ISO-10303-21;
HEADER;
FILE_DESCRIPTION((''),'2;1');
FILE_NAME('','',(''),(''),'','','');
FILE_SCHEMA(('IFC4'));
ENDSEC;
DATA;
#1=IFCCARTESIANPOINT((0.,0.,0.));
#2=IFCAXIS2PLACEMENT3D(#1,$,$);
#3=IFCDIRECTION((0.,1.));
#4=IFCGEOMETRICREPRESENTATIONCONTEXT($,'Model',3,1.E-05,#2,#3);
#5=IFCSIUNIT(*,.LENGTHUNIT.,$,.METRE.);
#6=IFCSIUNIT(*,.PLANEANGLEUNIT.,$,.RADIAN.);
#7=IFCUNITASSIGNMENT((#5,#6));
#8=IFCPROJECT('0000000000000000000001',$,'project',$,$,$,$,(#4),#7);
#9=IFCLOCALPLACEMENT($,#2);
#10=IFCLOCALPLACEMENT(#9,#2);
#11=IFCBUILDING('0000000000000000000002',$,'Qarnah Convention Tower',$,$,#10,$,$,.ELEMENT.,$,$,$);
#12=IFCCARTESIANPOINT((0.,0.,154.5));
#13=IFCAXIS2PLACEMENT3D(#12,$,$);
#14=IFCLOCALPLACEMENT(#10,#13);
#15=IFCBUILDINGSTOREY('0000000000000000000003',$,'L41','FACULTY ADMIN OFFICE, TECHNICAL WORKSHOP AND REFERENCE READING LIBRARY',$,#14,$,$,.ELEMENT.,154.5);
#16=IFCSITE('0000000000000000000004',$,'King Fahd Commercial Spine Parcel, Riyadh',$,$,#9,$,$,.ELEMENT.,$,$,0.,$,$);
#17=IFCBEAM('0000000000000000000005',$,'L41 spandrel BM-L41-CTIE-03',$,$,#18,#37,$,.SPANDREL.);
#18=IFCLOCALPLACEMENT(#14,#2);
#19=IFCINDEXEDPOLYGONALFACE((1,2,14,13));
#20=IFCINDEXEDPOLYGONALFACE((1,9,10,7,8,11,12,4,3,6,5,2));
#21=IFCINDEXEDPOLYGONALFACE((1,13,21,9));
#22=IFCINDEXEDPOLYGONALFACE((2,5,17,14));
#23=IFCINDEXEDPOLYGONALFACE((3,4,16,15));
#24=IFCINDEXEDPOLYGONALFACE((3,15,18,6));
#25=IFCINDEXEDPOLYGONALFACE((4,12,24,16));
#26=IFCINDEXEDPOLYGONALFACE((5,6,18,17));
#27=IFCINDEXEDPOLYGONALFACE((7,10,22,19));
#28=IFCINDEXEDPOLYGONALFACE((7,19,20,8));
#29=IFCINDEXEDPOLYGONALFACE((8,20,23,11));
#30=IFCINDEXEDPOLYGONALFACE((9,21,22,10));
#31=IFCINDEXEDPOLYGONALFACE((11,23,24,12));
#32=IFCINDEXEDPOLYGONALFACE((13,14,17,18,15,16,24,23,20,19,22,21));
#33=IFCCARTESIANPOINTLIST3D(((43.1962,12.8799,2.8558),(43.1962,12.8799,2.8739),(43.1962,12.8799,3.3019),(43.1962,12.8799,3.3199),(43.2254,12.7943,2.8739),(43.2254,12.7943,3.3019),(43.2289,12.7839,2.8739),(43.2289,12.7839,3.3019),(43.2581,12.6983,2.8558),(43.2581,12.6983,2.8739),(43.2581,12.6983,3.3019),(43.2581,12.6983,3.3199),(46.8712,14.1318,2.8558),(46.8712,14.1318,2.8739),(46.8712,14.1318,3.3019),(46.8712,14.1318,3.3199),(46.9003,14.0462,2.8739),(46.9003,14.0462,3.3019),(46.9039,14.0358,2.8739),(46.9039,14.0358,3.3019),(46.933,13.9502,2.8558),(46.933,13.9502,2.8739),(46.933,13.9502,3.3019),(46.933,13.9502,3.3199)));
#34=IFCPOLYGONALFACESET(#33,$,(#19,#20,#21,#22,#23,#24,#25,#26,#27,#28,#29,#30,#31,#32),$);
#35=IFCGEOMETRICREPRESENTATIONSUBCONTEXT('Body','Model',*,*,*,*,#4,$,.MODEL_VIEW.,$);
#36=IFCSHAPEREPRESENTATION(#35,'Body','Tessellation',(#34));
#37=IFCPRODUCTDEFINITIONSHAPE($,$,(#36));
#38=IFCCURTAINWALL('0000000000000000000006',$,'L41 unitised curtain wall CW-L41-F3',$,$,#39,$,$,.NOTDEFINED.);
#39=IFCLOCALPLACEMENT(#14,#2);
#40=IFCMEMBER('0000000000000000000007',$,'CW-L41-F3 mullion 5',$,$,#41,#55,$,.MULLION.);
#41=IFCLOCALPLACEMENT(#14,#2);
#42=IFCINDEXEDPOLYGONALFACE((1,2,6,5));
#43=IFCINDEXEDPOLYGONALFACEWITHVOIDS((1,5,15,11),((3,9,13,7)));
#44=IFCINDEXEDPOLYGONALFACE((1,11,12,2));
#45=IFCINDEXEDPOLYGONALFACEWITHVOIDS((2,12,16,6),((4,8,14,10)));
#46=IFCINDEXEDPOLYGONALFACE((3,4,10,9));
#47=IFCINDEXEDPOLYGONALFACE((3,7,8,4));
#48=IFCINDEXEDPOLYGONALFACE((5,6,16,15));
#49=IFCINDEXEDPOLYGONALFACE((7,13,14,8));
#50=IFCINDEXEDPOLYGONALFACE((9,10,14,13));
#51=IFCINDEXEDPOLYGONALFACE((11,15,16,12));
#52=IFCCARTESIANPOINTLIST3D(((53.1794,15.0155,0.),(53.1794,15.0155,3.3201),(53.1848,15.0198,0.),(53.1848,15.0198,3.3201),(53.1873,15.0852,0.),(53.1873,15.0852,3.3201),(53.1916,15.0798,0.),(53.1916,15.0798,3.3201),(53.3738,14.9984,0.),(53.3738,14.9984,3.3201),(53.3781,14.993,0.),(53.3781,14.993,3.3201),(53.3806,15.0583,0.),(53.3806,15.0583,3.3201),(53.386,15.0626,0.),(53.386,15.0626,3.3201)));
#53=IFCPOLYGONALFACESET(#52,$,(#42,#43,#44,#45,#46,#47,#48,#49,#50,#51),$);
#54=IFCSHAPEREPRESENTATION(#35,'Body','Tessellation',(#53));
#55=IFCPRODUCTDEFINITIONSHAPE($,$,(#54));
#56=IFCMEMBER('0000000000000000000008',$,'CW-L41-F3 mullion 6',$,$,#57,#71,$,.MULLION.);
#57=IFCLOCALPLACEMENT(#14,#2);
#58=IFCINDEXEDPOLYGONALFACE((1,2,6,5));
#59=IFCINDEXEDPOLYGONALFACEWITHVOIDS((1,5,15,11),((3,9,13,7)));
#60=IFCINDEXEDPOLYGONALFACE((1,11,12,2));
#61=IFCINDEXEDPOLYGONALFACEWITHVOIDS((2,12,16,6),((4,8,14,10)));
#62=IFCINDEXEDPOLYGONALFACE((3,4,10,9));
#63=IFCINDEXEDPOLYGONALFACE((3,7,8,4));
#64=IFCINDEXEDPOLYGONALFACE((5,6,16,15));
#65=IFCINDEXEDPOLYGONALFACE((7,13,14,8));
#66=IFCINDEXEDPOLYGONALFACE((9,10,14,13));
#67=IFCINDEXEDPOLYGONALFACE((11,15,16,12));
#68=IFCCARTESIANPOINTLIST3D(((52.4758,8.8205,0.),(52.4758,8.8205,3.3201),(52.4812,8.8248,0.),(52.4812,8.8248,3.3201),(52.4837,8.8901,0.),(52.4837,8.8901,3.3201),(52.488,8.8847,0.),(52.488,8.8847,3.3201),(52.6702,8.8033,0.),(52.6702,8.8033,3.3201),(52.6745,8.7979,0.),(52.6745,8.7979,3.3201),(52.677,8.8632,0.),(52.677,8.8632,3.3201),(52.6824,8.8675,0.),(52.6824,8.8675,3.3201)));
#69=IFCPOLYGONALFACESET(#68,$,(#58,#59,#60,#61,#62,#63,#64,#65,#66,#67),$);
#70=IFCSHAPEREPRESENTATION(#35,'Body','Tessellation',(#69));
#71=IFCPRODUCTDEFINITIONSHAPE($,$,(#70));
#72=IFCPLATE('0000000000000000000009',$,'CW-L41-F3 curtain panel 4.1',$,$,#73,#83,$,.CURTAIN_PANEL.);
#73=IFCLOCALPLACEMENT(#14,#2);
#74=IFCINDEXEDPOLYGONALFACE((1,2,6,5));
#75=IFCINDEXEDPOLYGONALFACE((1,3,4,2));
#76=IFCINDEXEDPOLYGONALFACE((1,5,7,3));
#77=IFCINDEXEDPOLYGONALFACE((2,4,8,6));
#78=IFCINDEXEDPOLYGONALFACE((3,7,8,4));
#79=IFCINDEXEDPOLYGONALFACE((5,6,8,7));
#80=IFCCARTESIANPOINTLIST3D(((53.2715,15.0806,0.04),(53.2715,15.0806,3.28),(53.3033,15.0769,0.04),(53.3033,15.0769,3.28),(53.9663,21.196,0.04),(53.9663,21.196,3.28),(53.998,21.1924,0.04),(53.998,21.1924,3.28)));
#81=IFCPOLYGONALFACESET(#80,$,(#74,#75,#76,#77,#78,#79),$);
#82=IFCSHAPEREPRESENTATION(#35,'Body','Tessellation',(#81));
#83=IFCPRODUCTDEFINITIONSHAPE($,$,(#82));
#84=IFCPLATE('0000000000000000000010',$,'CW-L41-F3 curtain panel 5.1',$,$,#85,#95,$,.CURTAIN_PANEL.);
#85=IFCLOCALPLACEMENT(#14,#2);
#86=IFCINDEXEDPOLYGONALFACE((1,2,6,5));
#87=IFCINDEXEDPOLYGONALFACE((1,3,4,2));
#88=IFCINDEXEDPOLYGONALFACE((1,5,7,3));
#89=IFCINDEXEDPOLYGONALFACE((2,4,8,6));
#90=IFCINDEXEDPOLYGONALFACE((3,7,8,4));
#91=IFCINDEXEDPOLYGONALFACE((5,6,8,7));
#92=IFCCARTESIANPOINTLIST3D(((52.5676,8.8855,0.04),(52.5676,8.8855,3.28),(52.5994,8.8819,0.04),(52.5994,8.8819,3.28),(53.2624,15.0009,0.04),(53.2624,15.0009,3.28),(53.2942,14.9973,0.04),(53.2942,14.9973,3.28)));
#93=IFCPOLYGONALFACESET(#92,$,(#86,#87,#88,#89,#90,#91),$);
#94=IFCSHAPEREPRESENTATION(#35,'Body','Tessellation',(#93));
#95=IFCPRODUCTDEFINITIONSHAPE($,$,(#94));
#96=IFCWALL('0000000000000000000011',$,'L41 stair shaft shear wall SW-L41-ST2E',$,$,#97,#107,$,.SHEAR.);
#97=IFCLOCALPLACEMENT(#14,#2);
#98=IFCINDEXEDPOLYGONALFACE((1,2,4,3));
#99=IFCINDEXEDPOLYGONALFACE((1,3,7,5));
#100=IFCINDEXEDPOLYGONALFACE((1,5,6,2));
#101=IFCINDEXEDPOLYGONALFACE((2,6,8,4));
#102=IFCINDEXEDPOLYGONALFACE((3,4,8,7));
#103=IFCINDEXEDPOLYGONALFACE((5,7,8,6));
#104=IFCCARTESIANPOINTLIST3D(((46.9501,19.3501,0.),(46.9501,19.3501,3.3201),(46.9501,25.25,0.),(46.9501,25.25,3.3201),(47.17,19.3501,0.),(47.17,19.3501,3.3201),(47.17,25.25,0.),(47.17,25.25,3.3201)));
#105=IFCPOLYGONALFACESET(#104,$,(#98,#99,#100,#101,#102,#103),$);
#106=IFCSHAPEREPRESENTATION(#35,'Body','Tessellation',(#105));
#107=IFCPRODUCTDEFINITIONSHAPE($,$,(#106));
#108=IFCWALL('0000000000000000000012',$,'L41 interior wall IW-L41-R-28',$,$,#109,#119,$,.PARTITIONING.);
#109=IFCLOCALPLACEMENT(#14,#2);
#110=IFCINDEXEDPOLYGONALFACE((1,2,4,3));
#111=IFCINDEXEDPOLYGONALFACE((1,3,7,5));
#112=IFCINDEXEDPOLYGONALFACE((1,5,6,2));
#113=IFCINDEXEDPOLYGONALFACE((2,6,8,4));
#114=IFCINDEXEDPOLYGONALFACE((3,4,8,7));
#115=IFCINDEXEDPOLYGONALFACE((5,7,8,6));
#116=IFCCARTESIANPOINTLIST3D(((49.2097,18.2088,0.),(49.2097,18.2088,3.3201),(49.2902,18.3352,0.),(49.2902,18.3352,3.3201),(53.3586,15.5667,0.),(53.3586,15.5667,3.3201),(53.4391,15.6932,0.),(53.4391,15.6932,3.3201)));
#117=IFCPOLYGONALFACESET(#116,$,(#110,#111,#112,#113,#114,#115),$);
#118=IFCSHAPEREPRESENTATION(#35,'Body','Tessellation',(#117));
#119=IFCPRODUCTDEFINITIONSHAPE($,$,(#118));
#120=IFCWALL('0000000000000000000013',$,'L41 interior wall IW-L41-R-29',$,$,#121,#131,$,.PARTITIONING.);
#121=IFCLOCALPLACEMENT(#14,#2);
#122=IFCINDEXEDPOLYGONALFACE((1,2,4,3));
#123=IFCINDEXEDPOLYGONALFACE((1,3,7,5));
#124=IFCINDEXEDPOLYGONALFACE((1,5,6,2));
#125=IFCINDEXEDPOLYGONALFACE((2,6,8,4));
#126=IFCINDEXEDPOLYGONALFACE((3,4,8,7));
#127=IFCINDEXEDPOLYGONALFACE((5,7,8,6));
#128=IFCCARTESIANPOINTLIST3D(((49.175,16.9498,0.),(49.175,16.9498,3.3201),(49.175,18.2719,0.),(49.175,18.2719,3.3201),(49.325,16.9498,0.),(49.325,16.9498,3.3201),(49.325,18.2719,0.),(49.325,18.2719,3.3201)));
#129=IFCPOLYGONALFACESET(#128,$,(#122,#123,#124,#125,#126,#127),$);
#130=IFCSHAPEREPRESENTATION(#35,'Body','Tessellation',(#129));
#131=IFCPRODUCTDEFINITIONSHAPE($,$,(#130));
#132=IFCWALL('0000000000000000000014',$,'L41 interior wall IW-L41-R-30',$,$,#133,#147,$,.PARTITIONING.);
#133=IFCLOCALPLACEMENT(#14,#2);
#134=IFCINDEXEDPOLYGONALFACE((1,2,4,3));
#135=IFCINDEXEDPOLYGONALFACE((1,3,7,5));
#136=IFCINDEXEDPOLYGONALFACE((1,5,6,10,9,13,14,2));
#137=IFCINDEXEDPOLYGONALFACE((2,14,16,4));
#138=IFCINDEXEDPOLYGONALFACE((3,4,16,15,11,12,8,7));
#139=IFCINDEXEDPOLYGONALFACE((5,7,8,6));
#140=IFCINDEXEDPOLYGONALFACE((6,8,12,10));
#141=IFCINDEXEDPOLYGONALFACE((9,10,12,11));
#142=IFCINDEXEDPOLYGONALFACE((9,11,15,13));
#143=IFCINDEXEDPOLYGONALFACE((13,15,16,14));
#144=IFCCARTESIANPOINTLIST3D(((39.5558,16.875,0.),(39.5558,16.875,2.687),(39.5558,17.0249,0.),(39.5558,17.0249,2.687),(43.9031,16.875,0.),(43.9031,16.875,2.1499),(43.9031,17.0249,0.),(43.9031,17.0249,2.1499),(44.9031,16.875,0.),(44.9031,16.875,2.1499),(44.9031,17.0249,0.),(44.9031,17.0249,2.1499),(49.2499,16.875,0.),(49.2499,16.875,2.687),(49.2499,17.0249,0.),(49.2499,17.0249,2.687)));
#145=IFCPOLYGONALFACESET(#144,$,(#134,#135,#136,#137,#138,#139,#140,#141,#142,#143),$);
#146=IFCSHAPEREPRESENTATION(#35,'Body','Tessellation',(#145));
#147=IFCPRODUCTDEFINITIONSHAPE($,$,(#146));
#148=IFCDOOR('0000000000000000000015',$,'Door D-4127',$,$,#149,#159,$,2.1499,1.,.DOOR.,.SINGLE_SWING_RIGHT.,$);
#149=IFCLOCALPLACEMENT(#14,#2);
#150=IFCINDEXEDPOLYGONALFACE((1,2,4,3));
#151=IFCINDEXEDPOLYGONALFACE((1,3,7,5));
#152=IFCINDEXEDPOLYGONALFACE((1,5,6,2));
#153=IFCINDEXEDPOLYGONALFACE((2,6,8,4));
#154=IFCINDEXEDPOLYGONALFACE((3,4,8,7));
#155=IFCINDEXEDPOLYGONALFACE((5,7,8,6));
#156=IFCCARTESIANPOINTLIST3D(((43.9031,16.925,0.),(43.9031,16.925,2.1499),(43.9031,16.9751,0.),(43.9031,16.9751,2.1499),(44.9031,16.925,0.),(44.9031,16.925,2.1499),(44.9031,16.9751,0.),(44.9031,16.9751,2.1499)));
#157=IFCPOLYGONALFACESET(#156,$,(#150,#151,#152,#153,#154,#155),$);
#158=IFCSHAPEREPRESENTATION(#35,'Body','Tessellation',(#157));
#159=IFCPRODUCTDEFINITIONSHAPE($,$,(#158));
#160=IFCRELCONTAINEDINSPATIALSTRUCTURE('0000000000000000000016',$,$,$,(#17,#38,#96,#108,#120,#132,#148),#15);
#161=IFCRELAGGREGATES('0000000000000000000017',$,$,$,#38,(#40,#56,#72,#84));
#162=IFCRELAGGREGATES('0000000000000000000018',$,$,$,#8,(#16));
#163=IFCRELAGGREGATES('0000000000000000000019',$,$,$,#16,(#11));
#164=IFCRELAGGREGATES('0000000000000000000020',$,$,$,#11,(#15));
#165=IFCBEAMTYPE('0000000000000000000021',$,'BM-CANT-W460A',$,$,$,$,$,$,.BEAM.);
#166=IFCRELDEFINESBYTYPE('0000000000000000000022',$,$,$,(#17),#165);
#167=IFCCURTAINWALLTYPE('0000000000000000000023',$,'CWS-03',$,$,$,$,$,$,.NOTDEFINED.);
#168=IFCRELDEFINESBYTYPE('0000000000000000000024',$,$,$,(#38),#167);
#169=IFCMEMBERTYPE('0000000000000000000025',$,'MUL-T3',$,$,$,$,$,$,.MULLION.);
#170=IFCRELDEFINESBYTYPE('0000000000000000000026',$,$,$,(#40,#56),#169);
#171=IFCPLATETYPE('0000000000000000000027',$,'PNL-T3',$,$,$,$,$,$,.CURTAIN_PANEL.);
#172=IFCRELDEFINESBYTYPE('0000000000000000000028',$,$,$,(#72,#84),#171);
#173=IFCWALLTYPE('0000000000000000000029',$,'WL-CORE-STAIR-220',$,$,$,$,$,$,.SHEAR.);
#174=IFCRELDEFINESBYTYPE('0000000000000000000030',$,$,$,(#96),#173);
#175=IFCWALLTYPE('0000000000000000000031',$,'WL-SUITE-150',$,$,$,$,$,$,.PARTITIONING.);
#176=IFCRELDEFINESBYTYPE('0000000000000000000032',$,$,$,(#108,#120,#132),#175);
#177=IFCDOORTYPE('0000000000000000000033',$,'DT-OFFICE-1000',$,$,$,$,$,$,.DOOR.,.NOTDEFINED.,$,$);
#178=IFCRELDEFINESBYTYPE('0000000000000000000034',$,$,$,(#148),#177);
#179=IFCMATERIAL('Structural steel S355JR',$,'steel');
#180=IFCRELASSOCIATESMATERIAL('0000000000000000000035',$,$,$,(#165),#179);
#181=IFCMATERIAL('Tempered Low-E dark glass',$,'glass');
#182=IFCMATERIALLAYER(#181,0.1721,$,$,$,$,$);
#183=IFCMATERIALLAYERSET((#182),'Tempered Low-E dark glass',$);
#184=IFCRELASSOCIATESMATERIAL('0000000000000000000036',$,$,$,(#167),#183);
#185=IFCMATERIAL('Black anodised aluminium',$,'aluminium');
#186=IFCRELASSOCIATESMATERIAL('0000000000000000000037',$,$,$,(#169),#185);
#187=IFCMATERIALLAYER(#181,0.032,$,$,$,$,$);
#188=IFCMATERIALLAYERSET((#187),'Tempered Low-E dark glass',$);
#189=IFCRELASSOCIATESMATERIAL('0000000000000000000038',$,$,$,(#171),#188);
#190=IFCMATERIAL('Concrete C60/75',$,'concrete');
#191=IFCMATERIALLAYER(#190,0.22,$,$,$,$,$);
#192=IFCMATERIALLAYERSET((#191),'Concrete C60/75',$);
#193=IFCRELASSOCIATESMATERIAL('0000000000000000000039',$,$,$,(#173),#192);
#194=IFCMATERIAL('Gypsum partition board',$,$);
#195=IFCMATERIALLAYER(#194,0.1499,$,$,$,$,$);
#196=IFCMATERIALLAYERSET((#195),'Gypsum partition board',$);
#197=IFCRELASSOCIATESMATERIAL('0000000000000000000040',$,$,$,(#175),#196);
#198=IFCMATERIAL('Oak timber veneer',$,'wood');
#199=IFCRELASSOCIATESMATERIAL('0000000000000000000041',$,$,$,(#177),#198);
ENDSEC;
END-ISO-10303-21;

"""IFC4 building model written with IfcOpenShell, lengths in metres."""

from ifc_helpers import new_model, si_unit, direction, frame, frame_2d, origin, origin_2d, place, context, subcontext, project, spatial, rectangle, hollow_rectangle, i_section, extrude, material, layer, layer_set, material_profile, profile_set, type_object, element, fill, aggregate, save


model = new_model("IFC4")

# Units and contexts
model_context = context("Model", 3, precision=1e-05, world=origin(), true_north=direction((0.0, 1.0)))
body_context = subcontext(model_context, "Body", "Model", "MODEL_VIEW")
ifc_project = project(units=[si_unit("LENGTHUNIT", "METRE"), si_unit("PLANEANGLEUNIT", "RADIAN")], contexts=[model_context])

# Site, building, storey
site_placement = place(None, origin())
site = spatial("IfcSite", under=ifc_project, at=site_placement, Name="King Fahd Commercial Spine Parcel, Riyadh", CompositionType="ELEMENT", RefElevation=0.0)
building_placement = place(site_placement, origin())
building = spatial("IfcBuilding", under=site, at=building_placement, Name="Qarnah Convention Tower", CompositionType="ELEMENT")
storey_placement = place(building_placement, frame((0.0, 0.0, 154.5)))
storey = spatial("IfcBuildingStorey", under=building, at=storey_placement, Name="L41", Description="FACULTY ADMIN OFFICE, TECHNICAL WORKSHOP AND REFERENCE READING LIBRARY", CompositionType="ELEMENT", Elevation=154.5)

# Beam
ifc_material_1 = material(Name="Structural steel S355JR", Category="steel")
ifc_material_profile_1 = material_profile(ifc_material_1, i_section(OverallWidth=0.1919, OverallDepth=0.4641, WebThickness=0.011, FlangeThickness=0.0181, at=origin_2d()), Name="W460X89")
ifc_profile_set_1 = profile_set([ifc_material_profile_1], Name="Structural steel S355JR")
beam_type = type_object("IfcBeamType", Name="BM-CANT-W460A", PredefinedType="BEAM", material=ifc_profile_set_1)
beam_placement = place(storey_placement, frame((46.9021, 14.041, 3.0879), z_axis=(-0.946581, -0.322465, 0.0), x_axis=(0.322465, -0.946581, 0.0)))
element("IfcBeam", 1, at=beam_placement, inside=storey, type_object=beam_type, Name="L41 spandrel BM-L41-CTIE-03", PredefinedType="SPANDREL", context=body_context, shape_type="SweptSolid", body=[
    extrude(i_section(OverallWidth=0.1919, OverallDepth=0.4641, WebThickness=0.011, FlangeThickness=0.0181, at=origin_2d()), origin(), (0.0, 0.0, 1.0), 3.8823),
])

# Curtain wall, members, plates
ifc_material_2 = material(Name="Tempered Low-E dark glass", Category="glass")
ifc_layer_1 = layer(ifc_material_2, 0.1721)
ifc_layer_set_1 = layer_set([ifc_layer_1], Name="Tempered Low-E dark glass")
curtain_wall_type = type_object("IfcCurtainWallType", Name="CWS-03", PredefinedType="NOTDEFINED", material=ifc_layer_set_1)
curtain_wall_placement = place(storey_placement, origin())
curtain_wall = element("IfcCurtainWall", 2, at=curtain_wall_placement, inside=storey, type_object=curtain_wall_type, Name="L41 unitised curtain wall CW-L41-F3", PredefinedType="NOTDEFINED")
ifc_material_3 = material(Name="Black anodised aluminium", Category="aluminium")
ifc_material_profile_2 = material_profile(ifc_material_3, hollow_rectangle(XDim=0.0701, YDim=0.2, WallThickness=0.0049, at=origin_2d()), Name="MUL-70X200")
ifc_profile_set_2 = profile_set([ifc_material_profile_2], Name="Black anodised aluminium")
member_type = type_object("IfcMemberType", Name="MUL-T3", PredefinedType="MULLION", material=ifc_profile_set_2)
member_1_placement = place(storey_placement, frame((53.2827, 15.0391, 0.0), z_axis=(0.0, 0.0, 1.0), x_axis=(-0.112882, -0.993608, 0.0)))
member_1 = element("IfcMember", 3, at=member_1_placement, type_object=member_type, Name="CW-L41-F3 mullion 5", PredefinedType="MULLION", context=body_context, shape_type="SweptSolid", body=[
    extrude(hollow_rectangle(XDim=0.0701, YDim=0.2, WallThickness=0.0049, at=origin_2d()), origin(), (0.0, 0.0, 1.0), 3.3201),
])
member_2_placement = place(storey_placement, frame((52.5791, 8.844, 0.0), z_axis=(0.0, 0.0, 1.0), x_axis=(-0.112882, -0.993608, 0.0)))
member_2 = element("IfcMember", 4, at=member_2_placement, type_object=member_type, Name="CW-L41-F3 mullion 6", PredefinedType="MULLION", context=body_context, shape_type="SweptSolid", body=[
    extrude(hollow_rectangle(XDim=0.0701, YDim=0.2, WallThickness=0.0049, at=origin_2d()), origin(), (0.0, 0.0, 1.0), 3.3201),
])
ifc_layer_2 = layer(ifc_material_2, 0.032)
ifc_layer_set_2 = layer_set([ifc_layer_2], Name="Tempered Low-E dark glass")
plate_type = type_object("IfcPlateType", Name="PNL-T3", PredefinedType="CURTAIN_PANEL", material=ifc_layer_set_2)
plate_1_placement = place(storey_placement, frame((53.6348, 18.1365, 0.04), z_axis=(0.0, 0.0, 1.0), x_axis=(-0.112882, -0.993608, 0.0)))
plate_1 = element("IfcPlate", 5, at=plate_1_placement, type_object=plate_type, Name="CW-L41-F3 curtain panel 4.1", PredefinedType="CURTAIN_PANEL", context=body_context, shape_type="SweptSolid", body=[
    extrude(rectangle(XDim=6.1548, YDim=0.032, at=origin_2d()), origin(), (0.0, 0.0, 1.0), 3.24),
])
plate_2_placement = place(storey_placement, frame((52.9309, 11.9414, 0.04), z_axis=(0.0, 0.0, 1.0), x_axis=(-0.112882, -0.993608, 0.0)))
plate_2 = element("IfcPlate", 6, at=plate_2_placement, type_object=plate_type, Name="CW-L41-F3 curtain panel 5.1", PredefinedType="CURTAIN_PANEL", context=body_context, shape_type="SweptSolid", body=[
    extrude(rectangle(XDim=6.1548, YDim=0.032, at=origin_2d()), origin(), (0.0, 0.0, 1.0), 3.24),
])
aggregate(curtain_wall, [member_1, member_2, plate_1, plate_2])

# Shared definitions
ifc_material_4 = material(Name="Concrete C60/75", Category="concrete")

# Wall
ifc_layer_3 = layer(ifc_material_4, 0.22)
ifc_layer_set_3 = layer_set([ifc_layer_3], Name="Concrete C60/75")
wall_type_1 = type_object("IfcWallType", Name="WL-CORE-STAIR-220", PredefinedType="SHEAR", material=ifc_layer_set_3)
wall_1_placement = place(storey_placement, frame((47.0601, 19.3501, 0.0), z_axis=(0.0, 0.0, 1.0), x_axis=(0.0, 1.0, 0.0)))
element("IfcWall", 7, at=wall_1_placement, inside=storey, type_object=wall_type_1, Name="L41 stair shaft shear wall SW-L41-ST2E", PredefinedType="SHEAR", context=body_context, shape_type="SweptSolid", body=[
    extrude(rectangle(XDim=5.8999, YDim=0.22, at=frame_2d((2.95, 0.0))), origin(), (0.0, 0.0, 1.0), 3.3201),
])

# Walls
ifc_material_5 = material(Name="Gypsum partition board")
ifc_layer_4 = layer(ifc_material_5, 0.1499)
ifc_layer_set_4 = layer_set([ifc_layer_4], Name="Gypsum partition board")
wall_type_2 = type_object("IfcWallType", Name="WL-SUITE-150", PredefinedType="PARTITIONING", material=ifc_layer_set_4)
wall_2_placement = place(storey_placement, frame((53.3989, 15.6299, 0.0), z_axis=(0.0, 0.0, 1.0), x_axis=(-0.84349, 0.537145, 0.0)))
element("IfcWall", 8, at=wall_2_placement, inside=storey, type_object=wall_type_2, Name="L41 interior wall IW-L41-R-28", PredefinedType="PARTITIONING", context=body_context, shape_type="SweptSolid", body=[
    extrude(rectangle(XDim=4.9187, YDim=0.1499, at=frame_2d((2.4595, 0.0))), origin(), (0.0, 0.0, 1.0), 3.3201),
])
wall_3_placement = place(storey_placement, frame((49.25, 18.272, 0.0), z_axis=(0.0, 0.0, 1.0), x_axis=(0.0, -1.0, 0.0)))
element("IfcWall", 9, at=wall_3_placement, inside=storey, type_object=wall_type_2, Name="L41 interior wall IW-L41-R-29", PredefinedType="PARTITIONING", context=body_context, shape_type="SweptSolid", body=[
    extrude(rectangle(XDim=1.322, YDim=0.1499, at=frame_2d((0.6611, 0.0))), origin(), (0.0, 0.0, 1.0), 3.3201),
])

# Wall, opening, door
wall_4_placement = place(storey_placement, frame((49.25, 16.95, 0.0), z_axis=(0.0, 0.0, 1.0), x_axis=(-1.0, 0.0, 0.0)))
wall_4 = element("IfcWall", 10, at=wall_4_placement, inside=storey, type_object=wall_type_2, Name="L41 interior wall IW-L41-R-30", PredefinedType="PARTITIONING", context=body_context, shape_type="SweptSolid", body=[
    extrude(rectangle(XDim=9.6941, YDim=0.1499, at=frame_2d((4.8472, 0.0))), origin(), (0.0, 0.0, 1.0), 2.687),
])
opening_1_placement = place(wall_4_placement, frame((4.3469, 0.0, 0.0)))
opening_1 = element("IfcOpeningElement", 11, at=opening_1_placement, cuts=wall_4, PredefinedType="OPENING", context=body_context, shape_type="SweptSolid", body=[
    extrude(rectangle(XDim=1.0, YDim=2.1499, at=frame_2d((0.5, 1.075))), frame((0.0, 0.085, 0.0), z_axis=(0.0, -1.0, 0.0), x_axis=(1.0, 0.0, 0.0)), (0.0, 0.0, 1.0), 0.1699),
])
ifc_material_6 = material(Name="Oak timber veneer", Category="wood")
door_type_1 = type_object("IfcDoorType", Name="DT-OFFICE-1000", OperationType="NOTDEFINED", PredefinedType="DOOR", material=ifc_material_6)
door_1_placement = place(opening_1_placement, origin())
door_1 = element("IfcDoor", 12, at=door_1_placement, inside=storey, type_object=door_type_1, Name="Door D-4127", OperationType="SINGLE_SWING_RIGHT", OverallHeight=2.1499, OverallWidth=1.0, PredefinedType="DOOR", context=body_context, shape_type="SweptSolid", body=[
    extrude(rectangle(XDim=1.0, YDim=2.1499, at=frame_2d((0.5, 1.075))), frame((0.0, 0.0249, 0.0), z_axis=(0.0, -1.0, 0.0), x_axis=(1.0, 0.0, 0.0)), (0.0, 0.0, 1.0), 0.05),
])
fill(opening_1, door_1)

save(model, "model.ifc")
